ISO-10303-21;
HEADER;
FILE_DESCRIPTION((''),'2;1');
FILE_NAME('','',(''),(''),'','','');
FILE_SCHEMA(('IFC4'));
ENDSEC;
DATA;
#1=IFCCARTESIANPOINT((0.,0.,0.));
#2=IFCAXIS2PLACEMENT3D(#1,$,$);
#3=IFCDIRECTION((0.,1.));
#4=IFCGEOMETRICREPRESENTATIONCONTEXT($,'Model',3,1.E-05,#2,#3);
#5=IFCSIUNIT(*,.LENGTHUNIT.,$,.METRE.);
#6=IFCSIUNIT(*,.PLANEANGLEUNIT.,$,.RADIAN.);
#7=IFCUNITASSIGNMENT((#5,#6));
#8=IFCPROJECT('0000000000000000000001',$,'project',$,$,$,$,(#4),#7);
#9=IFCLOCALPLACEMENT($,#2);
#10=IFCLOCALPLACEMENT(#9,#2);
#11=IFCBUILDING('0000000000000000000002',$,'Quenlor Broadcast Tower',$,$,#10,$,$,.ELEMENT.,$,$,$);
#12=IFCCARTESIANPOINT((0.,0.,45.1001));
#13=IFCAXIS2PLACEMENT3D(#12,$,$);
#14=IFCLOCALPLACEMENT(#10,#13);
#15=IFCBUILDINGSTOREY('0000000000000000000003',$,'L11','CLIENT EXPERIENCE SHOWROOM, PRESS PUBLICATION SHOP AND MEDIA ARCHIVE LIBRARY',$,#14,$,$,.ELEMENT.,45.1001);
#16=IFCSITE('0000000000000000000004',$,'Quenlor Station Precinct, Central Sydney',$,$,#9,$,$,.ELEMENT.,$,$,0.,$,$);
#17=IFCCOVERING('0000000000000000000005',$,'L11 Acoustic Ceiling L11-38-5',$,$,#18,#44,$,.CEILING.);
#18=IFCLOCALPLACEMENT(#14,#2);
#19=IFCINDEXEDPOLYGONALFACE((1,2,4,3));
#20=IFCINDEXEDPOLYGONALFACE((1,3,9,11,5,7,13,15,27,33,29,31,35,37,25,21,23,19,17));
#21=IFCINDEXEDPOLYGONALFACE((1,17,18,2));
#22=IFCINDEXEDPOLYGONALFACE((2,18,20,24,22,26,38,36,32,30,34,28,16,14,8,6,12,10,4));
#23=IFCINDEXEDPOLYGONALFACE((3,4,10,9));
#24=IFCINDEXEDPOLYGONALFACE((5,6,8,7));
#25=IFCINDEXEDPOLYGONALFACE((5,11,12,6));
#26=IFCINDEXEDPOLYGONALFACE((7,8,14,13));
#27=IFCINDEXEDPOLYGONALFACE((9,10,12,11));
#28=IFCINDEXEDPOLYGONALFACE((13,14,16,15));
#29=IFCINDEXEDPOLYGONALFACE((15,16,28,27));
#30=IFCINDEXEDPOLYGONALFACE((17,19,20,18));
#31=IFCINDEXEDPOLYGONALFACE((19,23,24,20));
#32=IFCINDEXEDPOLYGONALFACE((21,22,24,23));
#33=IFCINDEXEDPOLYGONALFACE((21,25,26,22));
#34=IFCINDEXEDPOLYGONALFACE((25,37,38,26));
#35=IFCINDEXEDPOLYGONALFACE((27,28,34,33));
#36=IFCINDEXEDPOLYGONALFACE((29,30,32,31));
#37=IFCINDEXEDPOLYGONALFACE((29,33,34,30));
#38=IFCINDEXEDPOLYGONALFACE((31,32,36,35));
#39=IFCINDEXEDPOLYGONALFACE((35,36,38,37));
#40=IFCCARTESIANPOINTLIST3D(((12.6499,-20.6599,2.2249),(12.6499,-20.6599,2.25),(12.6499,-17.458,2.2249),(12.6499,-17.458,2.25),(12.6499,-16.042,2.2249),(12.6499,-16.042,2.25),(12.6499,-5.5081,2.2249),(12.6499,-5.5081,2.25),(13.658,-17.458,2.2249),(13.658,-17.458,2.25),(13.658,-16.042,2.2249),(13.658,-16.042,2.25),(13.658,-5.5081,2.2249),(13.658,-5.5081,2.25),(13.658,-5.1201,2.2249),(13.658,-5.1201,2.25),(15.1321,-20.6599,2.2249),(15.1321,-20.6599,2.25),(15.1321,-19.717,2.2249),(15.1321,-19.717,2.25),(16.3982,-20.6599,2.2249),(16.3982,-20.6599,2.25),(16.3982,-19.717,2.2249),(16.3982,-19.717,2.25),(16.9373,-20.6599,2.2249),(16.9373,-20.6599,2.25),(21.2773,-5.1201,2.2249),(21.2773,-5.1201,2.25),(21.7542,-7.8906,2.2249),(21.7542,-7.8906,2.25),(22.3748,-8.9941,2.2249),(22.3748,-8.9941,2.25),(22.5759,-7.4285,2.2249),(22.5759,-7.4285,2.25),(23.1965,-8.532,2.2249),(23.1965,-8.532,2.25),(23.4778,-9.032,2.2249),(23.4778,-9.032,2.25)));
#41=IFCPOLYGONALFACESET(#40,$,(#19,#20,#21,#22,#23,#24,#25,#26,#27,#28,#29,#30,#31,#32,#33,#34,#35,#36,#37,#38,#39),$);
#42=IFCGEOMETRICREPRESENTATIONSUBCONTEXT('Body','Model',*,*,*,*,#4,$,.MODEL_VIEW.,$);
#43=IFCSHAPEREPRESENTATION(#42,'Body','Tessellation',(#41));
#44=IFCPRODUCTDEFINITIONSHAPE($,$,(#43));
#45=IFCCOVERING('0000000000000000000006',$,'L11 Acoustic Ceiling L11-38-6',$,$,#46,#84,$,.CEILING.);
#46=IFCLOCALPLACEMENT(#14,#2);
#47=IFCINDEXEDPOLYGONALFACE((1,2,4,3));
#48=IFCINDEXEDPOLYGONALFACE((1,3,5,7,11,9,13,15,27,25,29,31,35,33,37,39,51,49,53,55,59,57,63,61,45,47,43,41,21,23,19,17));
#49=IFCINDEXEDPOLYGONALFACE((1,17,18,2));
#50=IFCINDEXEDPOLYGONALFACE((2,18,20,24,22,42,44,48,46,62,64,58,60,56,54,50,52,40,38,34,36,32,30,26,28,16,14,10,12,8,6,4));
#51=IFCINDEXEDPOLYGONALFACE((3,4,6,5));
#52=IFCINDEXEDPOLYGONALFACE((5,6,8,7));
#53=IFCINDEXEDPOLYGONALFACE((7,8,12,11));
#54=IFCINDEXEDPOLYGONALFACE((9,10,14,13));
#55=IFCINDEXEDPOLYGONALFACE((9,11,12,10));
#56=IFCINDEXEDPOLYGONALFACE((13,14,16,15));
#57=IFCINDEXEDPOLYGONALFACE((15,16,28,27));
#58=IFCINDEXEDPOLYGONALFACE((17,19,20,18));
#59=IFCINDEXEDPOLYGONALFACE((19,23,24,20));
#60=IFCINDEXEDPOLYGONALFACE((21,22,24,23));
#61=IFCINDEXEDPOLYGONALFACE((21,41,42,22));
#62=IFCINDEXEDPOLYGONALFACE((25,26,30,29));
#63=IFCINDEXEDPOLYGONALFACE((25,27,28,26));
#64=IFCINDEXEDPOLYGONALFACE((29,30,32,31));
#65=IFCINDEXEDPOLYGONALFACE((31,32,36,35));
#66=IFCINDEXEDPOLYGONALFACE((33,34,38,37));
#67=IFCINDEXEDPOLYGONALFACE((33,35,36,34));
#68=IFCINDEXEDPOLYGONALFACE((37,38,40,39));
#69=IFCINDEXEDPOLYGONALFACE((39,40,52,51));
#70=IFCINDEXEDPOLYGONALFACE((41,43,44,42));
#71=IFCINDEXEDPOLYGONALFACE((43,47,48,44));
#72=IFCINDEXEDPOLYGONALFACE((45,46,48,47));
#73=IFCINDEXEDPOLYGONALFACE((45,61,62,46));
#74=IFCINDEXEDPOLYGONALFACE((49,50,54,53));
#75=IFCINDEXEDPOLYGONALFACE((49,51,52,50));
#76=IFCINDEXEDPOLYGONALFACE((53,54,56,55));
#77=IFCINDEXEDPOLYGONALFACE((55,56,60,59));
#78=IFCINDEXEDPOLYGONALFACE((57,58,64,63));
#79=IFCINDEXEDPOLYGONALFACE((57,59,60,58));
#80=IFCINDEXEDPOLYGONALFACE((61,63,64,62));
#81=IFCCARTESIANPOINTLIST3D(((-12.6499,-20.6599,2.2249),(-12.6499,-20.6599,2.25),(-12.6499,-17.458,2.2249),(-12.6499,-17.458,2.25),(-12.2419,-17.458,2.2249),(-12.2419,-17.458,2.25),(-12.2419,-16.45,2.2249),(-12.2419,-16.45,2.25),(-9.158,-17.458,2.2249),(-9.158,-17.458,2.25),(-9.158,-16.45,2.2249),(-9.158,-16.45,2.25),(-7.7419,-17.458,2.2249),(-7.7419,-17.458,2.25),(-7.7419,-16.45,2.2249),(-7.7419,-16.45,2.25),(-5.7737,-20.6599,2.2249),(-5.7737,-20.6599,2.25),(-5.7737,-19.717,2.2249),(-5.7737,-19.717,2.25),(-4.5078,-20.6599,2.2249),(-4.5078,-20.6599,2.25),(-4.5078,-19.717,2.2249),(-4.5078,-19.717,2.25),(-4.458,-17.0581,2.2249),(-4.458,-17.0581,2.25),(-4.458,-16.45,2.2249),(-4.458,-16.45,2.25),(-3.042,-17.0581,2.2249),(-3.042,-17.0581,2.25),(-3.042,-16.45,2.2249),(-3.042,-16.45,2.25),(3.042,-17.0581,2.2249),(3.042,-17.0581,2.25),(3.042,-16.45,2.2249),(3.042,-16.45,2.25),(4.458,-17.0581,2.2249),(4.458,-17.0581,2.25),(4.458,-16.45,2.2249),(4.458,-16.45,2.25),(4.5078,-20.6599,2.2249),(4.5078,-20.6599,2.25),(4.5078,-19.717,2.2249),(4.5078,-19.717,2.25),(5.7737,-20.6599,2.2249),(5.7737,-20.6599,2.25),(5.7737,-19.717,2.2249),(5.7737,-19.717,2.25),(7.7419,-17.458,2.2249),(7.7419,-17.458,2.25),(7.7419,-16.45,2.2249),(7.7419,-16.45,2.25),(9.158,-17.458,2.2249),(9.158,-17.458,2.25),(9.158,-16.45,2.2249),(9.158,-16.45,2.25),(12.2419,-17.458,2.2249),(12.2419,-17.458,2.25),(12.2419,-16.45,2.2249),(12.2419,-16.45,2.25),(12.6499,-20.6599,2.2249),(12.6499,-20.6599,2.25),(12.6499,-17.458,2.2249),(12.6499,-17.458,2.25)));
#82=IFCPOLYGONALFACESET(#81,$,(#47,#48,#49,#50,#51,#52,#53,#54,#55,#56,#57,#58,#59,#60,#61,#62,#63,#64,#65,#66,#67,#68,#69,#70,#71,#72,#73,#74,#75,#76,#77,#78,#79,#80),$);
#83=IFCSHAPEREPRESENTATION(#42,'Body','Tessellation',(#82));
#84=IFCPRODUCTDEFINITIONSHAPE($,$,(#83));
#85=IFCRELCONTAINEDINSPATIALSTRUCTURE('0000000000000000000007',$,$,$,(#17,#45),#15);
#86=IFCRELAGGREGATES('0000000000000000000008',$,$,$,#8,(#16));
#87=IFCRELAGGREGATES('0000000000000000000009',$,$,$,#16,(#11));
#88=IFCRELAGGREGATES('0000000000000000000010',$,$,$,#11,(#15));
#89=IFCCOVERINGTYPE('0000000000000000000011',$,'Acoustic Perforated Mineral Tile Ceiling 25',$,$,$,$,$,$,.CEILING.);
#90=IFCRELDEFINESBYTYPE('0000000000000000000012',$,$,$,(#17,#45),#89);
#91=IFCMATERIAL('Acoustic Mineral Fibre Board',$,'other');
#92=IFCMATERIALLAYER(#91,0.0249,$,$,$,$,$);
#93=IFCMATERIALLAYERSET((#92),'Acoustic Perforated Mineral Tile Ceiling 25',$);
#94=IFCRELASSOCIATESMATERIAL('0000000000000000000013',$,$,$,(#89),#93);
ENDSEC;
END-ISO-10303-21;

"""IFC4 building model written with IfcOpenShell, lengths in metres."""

from ifc_helpers import new_model, si_unit, direction, frame, origin, place, context, subcontext, project, spatial, polyline, outline, extrude, material, layer, layer_set, type_object, element, save


model = new_model("IFC4")

# Units and contexts
model_context = context("Model", 3, precision=1e-05, world=origin(), true_north=direction((0.0, 1.0)))
body_context = subcontext(model_context, "Body", "Model", "MODEL_VIEW")
ifc_project = project(units=[si_unit("LENGTHUNIT", "METRE"), si_unit("PLANEANGLEUNIT", "RADIAN")], contexts=[model_context])

# Site, building, storey
site_placement = place(None, origin())
site = spatial("IfcSite", under=ifc_project, at=site_placement, Name="Quenlor Station Precinct, Central Sydney", CompositionType="ELEMENT", RefElevation=0.0)
building_placement = place(site_placement, origin())
building = spatial("IfcBuilding", under=site, at=building_placement, Name="Quenlor Broadcast Tower", CompositionType="ELEMENT")
storey_placement = place(building_placement, frame((0.0, 0.0, 45.1001)))
storey = spatial("IfcBuildingStorey", under=building, at=storey_placement, Name="L11", Description="CLIENT EXPERIENCE SHOWROOM, PRESS PUBLICATION SHOP AND MEDIA ARCHIVE LIBRARY", CompositionType="ELEMENT", Elevation=45.1001)

# Coverings
ifc_material_1 = material(Name="Acoustic Mineral Fibre Board", Category="other")
ifc_layer_1 = layer(ifc_material_1, 0.0249)
ifc_layer_set_1 = layer_set([ifc_layer_1], Name="Acoustic Perforated Mineral Tile Ceiling 25")
covering_type = type_object("IfcCoveringType", Name="Acoustic Perforated Mineral Tile Ceiling 25", PredefinedType="CEILING", material=ifc_layer_set_1)
covering_1_placement = place(storey_placement, frame((0.0, 0.0, 2.2249)))
element("IfcCovering", 1, at=covering_1_placement, inside=storey, type_object=covering_type, Name="L11 Acoustic Ceiling L11-38-5", PredefinedType="CEILING", context=body_context, shape_type="SweptSolid", body=[
    extrude(outline(polyline([(13.658, -17.458), (13.658, -16.042), (12.6499, -16.042), (12.6499, -5.5081), (13.658, -5.5081), (13.658, -5.1201), (21.2773, -5.1201), (22.5759, -7.4285), (21.7542, -7.8906), (22.3748, -8.9941), (23.1965, -8.532), (23.4778, -9.032), (16.9373, -20.6599), (16.3982, -20.6599), (16.3982, -19.717), (15.1321, -19.717), (15.1321, -20.6599), (12.6499, -20.6599), (12.6499, -17.458), (13.658, -17.458)])), origin(), (0.0, 0.0, 1.0), 0.0251),
])
covering_2_placement = place(storey_placement, frame((0.0, 0.0, 2.2249)))
element("IfcCovering", 2, at=covering_2_placement, inside=storey, type_object=covering_type, Name="L11 Acoustic Ceiling L11-38-6", PredefinedType="CEILING", context=body_context, shape_type="SweptSolid", body=[
    extrude(outline(polyline([(-12.2419, -17.458), (-12.2419, -16.45), (-9.158, -16.45), (-9.158, -17.458), (-7.7419, -17.458), (-7.7419, -16.45), (-4.458, -16.45), (-4.458, -17.0581), (-3.042, -17.0581), (-3.042, -16.45), (3.042, -16.45), (3.042, -17.0581), (4.458, -17.0581), (4.458, -16.45), (7.7419, -16.45), (7.7419, -17.458), (9.158, -17.458), (9.158, -16.45), (12.2419, -16.45), (12.2419, -17.458), (12.6499, -17.458), (12.6499, -20.6599), (5.7737, -20.6599), (5.7737, -19.717), (4.5078, -19.717), (4.5078, -20.6599), (-4.5078, -20.6599), (-4.5078, -19.717), (-5.7737, -19.717), (-5.7737, -20.6599), (-12.6499, -20.6599), (-12.6499, -17.458), (-12.2419, -17.458)])), origin(), (0.0, 0.0, 1.0), 0.0251),
])

save(model, "model.ifc")
